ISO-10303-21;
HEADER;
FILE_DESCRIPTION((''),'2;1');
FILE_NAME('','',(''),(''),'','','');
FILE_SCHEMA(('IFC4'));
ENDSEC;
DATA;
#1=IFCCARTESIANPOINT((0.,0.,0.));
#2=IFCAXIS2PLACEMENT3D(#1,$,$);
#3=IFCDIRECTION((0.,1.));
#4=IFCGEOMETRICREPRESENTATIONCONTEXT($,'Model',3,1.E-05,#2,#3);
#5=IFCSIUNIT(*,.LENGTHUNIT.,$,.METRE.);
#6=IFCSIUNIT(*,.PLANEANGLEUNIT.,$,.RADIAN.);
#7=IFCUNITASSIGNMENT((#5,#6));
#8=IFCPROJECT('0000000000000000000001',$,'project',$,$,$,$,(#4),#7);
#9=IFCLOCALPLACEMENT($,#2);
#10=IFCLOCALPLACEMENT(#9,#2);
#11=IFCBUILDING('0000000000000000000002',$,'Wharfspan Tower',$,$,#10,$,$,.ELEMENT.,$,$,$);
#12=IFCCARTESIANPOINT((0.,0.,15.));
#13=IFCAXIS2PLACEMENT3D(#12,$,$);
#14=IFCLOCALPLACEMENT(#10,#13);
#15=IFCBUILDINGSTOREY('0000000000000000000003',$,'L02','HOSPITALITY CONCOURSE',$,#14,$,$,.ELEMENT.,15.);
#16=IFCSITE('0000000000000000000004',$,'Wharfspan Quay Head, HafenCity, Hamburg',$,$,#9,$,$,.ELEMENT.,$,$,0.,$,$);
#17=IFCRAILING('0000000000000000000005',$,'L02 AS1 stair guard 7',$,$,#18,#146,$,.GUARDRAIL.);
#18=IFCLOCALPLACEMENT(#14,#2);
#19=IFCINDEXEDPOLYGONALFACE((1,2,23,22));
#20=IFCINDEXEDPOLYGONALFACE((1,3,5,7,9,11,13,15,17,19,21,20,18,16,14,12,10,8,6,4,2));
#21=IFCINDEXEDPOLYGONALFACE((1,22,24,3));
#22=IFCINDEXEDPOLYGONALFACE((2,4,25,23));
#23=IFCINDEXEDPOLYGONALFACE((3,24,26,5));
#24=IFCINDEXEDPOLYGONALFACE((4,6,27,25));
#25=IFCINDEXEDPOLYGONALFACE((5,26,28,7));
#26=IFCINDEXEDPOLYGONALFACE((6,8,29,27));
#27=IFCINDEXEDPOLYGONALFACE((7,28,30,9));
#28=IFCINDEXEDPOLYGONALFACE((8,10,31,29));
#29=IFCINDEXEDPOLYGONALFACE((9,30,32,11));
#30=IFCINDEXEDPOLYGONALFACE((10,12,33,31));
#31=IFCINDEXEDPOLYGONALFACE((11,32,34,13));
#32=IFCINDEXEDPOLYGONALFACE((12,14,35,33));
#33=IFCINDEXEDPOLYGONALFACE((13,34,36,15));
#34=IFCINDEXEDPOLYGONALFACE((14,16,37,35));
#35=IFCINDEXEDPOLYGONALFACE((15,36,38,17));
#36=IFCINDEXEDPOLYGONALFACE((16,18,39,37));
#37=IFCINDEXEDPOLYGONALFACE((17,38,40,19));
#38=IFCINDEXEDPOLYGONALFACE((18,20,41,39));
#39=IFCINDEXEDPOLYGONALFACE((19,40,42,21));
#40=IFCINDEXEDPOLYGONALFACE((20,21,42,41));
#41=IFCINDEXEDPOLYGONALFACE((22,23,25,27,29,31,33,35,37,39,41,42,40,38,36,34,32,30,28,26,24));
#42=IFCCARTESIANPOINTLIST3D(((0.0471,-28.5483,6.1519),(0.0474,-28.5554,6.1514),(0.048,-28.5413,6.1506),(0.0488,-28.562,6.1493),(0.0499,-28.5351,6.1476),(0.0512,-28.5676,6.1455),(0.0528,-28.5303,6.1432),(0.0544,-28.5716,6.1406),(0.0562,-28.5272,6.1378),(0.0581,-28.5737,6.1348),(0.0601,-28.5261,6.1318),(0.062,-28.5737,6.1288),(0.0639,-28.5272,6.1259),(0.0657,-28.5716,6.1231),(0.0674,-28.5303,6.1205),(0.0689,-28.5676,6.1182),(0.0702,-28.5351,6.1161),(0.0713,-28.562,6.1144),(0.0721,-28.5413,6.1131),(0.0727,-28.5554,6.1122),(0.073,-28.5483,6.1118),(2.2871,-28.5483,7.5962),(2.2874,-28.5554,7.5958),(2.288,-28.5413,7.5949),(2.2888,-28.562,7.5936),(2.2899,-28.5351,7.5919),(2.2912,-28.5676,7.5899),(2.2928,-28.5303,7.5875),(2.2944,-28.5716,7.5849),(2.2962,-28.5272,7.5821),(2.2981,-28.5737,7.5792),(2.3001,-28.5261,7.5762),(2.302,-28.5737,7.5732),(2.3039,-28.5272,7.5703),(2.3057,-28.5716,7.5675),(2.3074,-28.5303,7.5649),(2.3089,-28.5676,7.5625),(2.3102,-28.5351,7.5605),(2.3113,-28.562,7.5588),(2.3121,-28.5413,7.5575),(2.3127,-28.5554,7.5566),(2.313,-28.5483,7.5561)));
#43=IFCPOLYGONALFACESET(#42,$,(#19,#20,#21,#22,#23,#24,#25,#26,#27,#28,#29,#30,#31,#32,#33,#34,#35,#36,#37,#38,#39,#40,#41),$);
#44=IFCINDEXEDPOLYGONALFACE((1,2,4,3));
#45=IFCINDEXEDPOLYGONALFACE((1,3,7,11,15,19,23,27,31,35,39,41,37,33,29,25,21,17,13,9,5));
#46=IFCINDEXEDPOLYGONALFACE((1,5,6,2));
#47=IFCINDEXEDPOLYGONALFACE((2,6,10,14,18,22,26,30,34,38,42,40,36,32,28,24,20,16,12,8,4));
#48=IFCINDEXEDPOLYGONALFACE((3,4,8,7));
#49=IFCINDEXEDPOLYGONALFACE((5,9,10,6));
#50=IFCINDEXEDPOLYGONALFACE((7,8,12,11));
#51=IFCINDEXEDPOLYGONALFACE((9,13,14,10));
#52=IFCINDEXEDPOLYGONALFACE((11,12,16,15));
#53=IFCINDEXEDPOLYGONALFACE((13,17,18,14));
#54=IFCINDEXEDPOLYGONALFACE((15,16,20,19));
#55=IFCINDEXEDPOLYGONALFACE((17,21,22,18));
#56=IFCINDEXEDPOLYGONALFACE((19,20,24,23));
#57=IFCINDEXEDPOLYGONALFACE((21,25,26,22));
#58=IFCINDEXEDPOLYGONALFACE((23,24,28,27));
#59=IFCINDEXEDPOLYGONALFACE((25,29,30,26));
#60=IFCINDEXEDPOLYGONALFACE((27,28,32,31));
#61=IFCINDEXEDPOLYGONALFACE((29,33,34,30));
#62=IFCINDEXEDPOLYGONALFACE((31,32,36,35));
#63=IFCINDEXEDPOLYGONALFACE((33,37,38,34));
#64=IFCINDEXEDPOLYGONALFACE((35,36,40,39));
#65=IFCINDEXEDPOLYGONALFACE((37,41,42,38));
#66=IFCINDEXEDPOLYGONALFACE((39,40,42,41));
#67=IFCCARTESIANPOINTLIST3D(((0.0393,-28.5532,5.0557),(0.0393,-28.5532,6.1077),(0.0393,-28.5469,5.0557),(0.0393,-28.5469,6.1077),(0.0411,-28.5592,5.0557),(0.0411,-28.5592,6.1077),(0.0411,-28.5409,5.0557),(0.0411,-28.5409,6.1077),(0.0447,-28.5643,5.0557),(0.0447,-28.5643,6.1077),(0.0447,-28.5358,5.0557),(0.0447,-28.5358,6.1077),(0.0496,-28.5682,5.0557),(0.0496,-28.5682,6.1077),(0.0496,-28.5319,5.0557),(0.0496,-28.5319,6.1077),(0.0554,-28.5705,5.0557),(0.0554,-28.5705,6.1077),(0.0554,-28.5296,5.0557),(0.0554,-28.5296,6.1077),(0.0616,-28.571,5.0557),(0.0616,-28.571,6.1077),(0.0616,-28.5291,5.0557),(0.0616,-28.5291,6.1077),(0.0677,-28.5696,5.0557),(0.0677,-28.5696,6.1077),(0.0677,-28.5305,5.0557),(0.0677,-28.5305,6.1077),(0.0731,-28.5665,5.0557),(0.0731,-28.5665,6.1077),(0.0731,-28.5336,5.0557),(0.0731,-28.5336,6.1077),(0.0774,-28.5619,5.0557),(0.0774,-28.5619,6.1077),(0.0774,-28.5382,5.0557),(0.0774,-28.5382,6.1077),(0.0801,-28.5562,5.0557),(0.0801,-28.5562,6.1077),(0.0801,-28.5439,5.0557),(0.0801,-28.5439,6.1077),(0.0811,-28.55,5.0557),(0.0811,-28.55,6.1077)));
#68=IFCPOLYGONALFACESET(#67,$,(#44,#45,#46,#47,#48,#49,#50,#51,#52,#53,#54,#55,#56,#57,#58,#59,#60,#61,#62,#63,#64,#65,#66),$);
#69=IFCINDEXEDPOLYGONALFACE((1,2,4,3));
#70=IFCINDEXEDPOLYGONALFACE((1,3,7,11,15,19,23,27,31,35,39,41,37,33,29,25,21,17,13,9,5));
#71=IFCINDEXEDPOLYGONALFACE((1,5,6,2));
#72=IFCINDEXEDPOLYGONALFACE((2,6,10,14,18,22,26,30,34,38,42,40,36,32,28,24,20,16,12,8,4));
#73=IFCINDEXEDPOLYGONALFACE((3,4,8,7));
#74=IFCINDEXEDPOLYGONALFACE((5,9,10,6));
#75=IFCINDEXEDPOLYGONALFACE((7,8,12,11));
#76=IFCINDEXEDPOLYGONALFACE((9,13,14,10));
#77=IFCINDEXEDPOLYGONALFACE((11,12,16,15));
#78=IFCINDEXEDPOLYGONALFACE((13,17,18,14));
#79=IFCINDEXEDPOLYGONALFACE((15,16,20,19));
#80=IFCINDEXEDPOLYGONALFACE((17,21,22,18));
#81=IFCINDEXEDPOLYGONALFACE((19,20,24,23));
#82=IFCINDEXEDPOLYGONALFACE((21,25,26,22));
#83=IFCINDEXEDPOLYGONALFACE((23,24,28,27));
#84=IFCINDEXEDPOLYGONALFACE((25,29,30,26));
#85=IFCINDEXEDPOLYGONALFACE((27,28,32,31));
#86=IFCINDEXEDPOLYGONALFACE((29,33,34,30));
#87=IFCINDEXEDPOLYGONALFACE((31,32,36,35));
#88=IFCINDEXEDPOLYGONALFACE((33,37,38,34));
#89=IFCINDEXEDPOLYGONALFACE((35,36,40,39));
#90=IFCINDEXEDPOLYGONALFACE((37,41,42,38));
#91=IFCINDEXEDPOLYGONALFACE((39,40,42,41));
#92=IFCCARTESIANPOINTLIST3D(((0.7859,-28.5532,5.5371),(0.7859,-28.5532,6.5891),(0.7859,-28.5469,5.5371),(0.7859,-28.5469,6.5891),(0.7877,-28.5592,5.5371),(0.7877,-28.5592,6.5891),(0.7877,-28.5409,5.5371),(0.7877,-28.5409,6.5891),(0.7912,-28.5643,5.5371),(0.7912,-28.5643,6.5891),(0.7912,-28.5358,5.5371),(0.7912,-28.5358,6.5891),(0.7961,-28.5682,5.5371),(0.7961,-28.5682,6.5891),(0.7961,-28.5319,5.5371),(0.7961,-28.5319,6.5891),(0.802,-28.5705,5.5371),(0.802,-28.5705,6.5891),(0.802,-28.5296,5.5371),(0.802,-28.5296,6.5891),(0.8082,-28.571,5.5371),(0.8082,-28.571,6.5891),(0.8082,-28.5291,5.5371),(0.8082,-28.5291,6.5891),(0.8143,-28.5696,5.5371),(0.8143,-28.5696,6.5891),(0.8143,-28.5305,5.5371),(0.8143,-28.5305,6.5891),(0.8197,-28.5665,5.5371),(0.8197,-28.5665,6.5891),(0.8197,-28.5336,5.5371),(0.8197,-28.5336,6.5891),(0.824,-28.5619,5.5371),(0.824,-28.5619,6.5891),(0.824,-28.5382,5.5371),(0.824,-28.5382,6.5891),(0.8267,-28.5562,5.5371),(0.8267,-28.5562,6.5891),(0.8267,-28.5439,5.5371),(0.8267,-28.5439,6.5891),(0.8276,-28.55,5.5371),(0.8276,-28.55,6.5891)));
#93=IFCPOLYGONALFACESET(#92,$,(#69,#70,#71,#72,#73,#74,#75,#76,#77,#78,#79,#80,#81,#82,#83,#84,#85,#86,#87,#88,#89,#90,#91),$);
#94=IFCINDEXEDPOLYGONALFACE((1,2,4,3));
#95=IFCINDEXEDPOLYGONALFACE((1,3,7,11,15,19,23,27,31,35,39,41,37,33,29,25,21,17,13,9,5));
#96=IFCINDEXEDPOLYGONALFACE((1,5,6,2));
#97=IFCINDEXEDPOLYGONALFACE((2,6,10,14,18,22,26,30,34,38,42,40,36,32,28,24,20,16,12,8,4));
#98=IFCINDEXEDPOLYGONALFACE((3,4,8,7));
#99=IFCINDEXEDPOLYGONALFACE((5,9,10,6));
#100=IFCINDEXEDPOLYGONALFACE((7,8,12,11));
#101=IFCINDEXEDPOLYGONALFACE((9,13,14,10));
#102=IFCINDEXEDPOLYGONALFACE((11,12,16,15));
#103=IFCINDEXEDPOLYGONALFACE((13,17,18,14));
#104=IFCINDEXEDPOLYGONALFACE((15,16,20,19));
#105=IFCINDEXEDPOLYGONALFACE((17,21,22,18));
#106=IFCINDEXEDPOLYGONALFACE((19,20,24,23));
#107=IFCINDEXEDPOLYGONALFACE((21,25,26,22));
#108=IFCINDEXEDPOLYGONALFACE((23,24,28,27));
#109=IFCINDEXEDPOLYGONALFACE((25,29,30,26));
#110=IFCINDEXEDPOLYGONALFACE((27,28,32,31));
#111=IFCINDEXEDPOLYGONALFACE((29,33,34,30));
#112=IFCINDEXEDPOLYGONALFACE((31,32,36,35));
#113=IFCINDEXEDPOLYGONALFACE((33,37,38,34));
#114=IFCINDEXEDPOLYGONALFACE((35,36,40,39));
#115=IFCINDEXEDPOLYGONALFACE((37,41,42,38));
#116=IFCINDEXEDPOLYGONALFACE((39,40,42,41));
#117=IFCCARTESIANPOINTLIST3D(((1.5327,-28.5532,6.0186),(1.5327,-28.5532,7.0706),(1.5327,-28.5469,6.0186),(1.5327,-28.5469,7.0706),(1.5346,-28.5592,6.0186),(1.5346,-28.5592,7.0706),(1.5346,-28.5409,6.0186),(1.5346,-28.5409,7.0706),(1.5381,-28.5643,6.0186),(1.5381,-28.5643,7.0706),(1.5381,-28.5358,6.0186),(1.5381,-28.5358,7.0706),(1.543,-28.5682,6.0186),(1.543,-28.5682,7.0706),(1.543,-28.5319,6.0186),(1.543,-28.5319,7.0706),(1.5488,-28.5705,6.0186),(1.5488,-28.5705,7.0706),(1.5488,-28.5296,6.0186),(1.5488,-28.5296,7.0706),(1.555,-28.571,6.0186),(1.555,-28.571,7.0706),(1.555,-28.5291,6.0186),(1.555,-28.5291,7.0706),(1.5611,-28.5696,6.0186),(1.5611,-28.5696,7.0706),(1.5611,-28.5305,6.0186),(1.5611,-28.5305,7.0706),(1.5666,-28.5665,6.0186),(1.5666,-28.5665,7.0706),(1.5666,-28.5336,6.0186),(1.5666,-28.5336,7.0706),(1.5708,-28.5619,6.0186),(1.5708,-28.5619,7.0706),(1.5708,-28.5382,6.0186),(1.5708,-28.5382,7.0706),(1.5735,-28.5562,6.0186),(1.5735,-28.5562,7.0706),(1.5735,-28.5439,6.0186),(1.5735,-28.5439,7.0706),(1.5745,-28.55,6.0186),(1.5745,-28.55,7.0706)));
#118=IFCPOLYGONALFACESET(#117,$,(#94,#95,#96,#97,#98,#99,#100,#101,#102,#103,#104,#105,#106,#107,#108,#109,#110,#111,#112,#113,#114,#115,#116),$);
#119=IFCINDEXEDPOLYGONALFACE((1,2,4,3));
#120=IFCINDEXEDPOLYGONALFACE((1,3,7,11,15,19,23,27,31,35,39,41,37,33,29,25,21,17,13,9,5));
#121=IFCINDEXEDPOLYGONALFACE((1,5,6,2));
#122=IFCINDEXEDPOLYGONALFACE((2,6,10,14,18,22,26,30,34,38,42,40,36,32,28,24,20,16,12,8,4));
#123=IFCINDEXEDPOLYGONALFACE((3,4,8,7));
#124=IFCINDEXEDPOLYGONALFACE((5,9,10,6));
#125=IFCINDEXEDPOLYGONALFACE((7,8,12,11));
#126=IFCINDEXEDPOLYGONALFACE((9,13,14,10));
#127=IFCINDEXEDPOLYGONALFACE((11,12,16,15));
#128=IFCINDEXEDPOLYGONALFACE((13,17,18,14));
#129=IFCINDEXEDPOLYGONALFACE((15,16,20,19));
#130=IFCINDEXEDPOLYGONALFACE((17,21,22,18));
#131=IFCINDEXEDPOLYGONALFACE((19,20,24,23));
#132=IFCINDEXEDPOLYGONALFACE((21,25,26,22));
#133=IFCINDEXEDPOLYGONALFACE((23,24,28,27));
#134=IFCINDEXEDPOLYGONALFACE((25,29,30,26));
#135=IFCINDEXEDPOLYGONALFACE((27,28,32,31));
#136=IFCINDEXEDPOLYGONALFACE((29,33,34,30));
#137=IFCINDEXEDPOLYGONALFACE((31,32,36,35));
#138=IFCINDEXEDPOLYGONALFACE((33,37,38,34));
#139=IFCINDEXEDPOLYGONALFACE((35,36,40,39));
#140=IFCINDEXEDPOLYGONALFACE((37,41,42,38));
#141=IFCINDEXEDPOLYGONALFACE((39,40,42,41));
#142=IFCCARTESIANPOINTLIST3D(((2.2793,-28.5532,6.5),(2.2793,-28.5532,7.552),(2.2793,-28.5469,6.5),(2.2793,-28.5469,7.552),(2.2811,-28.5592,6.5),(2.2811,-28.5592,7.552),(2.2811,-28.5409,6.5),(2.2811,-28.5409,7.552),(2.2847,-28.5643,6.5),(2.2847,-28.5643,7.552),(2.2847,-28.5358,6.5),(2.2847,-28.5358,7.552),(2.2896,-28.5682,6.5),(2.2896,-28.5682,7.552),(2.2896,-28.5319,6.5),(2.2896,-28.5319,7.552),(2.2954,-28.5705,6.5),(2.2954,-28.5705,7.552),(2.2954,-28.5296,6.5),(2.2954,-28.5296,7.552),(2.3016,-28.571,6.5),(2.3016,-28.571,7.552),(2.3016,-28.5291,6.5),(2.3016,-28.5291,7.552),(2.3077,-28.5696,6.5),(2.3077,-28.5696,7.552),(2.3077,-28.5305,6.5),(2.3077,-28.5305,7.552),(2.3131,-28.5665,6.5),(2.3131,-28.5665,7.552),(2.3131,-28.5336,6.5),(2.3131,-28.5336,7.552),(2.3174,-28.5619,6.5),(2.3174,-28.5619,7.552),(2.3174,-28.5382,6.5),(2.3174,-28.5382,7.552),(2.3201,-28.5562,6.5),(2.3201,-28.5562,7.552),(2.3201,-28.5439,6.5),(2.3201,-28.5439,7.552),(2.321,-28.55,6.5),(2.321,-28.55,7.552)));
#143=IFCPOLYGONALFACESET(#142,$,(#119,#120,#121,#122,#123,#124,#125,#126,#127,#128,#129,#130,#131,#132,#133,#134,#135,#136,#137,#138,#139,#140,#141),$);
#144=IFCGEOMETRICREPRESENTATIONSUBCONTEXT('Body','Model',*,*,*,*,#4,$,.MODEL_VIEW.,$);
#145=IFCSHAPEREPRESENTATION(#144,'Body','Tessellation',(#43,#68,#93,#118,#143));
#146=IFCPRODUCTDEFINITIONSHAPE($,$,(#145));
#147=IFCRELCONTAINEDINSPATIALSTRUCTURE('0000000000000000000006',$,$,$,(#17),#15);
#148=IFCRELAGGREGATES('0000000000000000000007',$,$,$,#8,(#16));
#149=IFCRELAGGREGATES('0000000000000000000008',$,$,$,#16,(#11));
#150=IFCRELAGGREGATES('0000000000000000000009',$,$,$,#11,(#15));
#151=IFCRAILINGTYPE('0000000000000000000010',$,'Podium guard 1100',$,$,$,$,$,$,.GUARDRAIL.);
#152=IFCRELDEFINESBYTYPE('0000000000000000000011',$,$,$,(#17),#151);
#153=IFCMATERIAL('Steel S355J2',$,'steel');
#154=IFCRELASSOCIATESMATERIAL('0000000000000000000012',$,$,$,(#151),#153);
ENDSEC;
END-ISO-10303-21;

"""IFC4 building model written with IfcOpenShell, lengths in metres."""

from ifc_helpers import new_model, si_unit, direction, frame, origin, origin_2d, place, context, subcontext, project, spatial, circle, extrude, material, type_object, element, save


model = new_model("IFC4")

# Units and contexts
model_context = context("Model", 3, precision=1e-05, world=origin(), true_north=direction((0.0, 1.0)))
body_context = subcontext(model_context, "Body", "Model", "MODEL_VIEW")
ifc_project = project(units=[si_unit("LENGTHUNIT", "METRE"), si_unit("PLANEANGLEUNIT", "RADIAN")], contexts=[model_context])

# Site, building, storey
site_placement = place(None, origin())
site = spatial("IfcSite", under=ifc_project, at=site_placement, Name="Wharfspan Quay Head, HafenCity, Hamburg", CompositionType="ELEMENT", RefElevation=0.0)
building_placement = place(site_placement, origin())
building = spatial("IfcBuilding", under=site, at=building_placement, Name="Wharfspan Tower", CompositionType="ELEMENT")
storey_placement = place(building_placement, frame((0.0, 0.0, 15.0)))
storey = spatial("IfcBuildingStorey", under=building, at=storey_placement, Name="L02", Description="HOSPITALITY CONCOURSE", CompositionType="ELEMENT", Elevation=15.0)

# Railing
ifc_material_1 = material(Name="Steel S355J2", Category="steel")
railing_type_1 = type_object("IfcRailingType", Name="Podium guard 1100", PredefinedType="GUARDRAIL", material=ifc_material_1)
railing_1_placement = place(storey_placement, frame((0.0601, -28.55, 5.0557)))
element("IfcRailing", 1, at=railing_1_placement, inside=storey, type_object=railing_type_1, Name="L02 AS1 stair guard 7", PredefinedType="GUARDRAIL", context=body_context, shape_type="SweptSolid", body=[
    extrude(circle(Radius=0.0239, at=origin_2d()), frame((0.0, 0.0, 1.0762), z_axis=(0.840437, 0.0, 0.54191), x_axis=(0.0, 1.0, 0.0)), (0.0, 0.0, 1.0), 2.6653),
    extrude(circle(Radius=0.021, at=origin_2d()), origin(), (0.0, 0.0, 1.0), 1.052),
    extrude(circle(Radius=0.021, at=origin_2d()), frame((0.7466, 0.0, 0.4814)), (0.0, 0.0, 1.0), 1.052),
    extrude(circle(Radius=0.021, at=origin_2d()), frame((1.4934, 0.0, 0.9629)), (0.0, 0.0, 1.0), 1.052),
    extrude(circle(Radius=0.021, at=origin_2d()), frame((2.24, 0.0, 1.4443)), (0.0, 0.0, 1.0), 1.052),
])

save(model, "model.ifc")
